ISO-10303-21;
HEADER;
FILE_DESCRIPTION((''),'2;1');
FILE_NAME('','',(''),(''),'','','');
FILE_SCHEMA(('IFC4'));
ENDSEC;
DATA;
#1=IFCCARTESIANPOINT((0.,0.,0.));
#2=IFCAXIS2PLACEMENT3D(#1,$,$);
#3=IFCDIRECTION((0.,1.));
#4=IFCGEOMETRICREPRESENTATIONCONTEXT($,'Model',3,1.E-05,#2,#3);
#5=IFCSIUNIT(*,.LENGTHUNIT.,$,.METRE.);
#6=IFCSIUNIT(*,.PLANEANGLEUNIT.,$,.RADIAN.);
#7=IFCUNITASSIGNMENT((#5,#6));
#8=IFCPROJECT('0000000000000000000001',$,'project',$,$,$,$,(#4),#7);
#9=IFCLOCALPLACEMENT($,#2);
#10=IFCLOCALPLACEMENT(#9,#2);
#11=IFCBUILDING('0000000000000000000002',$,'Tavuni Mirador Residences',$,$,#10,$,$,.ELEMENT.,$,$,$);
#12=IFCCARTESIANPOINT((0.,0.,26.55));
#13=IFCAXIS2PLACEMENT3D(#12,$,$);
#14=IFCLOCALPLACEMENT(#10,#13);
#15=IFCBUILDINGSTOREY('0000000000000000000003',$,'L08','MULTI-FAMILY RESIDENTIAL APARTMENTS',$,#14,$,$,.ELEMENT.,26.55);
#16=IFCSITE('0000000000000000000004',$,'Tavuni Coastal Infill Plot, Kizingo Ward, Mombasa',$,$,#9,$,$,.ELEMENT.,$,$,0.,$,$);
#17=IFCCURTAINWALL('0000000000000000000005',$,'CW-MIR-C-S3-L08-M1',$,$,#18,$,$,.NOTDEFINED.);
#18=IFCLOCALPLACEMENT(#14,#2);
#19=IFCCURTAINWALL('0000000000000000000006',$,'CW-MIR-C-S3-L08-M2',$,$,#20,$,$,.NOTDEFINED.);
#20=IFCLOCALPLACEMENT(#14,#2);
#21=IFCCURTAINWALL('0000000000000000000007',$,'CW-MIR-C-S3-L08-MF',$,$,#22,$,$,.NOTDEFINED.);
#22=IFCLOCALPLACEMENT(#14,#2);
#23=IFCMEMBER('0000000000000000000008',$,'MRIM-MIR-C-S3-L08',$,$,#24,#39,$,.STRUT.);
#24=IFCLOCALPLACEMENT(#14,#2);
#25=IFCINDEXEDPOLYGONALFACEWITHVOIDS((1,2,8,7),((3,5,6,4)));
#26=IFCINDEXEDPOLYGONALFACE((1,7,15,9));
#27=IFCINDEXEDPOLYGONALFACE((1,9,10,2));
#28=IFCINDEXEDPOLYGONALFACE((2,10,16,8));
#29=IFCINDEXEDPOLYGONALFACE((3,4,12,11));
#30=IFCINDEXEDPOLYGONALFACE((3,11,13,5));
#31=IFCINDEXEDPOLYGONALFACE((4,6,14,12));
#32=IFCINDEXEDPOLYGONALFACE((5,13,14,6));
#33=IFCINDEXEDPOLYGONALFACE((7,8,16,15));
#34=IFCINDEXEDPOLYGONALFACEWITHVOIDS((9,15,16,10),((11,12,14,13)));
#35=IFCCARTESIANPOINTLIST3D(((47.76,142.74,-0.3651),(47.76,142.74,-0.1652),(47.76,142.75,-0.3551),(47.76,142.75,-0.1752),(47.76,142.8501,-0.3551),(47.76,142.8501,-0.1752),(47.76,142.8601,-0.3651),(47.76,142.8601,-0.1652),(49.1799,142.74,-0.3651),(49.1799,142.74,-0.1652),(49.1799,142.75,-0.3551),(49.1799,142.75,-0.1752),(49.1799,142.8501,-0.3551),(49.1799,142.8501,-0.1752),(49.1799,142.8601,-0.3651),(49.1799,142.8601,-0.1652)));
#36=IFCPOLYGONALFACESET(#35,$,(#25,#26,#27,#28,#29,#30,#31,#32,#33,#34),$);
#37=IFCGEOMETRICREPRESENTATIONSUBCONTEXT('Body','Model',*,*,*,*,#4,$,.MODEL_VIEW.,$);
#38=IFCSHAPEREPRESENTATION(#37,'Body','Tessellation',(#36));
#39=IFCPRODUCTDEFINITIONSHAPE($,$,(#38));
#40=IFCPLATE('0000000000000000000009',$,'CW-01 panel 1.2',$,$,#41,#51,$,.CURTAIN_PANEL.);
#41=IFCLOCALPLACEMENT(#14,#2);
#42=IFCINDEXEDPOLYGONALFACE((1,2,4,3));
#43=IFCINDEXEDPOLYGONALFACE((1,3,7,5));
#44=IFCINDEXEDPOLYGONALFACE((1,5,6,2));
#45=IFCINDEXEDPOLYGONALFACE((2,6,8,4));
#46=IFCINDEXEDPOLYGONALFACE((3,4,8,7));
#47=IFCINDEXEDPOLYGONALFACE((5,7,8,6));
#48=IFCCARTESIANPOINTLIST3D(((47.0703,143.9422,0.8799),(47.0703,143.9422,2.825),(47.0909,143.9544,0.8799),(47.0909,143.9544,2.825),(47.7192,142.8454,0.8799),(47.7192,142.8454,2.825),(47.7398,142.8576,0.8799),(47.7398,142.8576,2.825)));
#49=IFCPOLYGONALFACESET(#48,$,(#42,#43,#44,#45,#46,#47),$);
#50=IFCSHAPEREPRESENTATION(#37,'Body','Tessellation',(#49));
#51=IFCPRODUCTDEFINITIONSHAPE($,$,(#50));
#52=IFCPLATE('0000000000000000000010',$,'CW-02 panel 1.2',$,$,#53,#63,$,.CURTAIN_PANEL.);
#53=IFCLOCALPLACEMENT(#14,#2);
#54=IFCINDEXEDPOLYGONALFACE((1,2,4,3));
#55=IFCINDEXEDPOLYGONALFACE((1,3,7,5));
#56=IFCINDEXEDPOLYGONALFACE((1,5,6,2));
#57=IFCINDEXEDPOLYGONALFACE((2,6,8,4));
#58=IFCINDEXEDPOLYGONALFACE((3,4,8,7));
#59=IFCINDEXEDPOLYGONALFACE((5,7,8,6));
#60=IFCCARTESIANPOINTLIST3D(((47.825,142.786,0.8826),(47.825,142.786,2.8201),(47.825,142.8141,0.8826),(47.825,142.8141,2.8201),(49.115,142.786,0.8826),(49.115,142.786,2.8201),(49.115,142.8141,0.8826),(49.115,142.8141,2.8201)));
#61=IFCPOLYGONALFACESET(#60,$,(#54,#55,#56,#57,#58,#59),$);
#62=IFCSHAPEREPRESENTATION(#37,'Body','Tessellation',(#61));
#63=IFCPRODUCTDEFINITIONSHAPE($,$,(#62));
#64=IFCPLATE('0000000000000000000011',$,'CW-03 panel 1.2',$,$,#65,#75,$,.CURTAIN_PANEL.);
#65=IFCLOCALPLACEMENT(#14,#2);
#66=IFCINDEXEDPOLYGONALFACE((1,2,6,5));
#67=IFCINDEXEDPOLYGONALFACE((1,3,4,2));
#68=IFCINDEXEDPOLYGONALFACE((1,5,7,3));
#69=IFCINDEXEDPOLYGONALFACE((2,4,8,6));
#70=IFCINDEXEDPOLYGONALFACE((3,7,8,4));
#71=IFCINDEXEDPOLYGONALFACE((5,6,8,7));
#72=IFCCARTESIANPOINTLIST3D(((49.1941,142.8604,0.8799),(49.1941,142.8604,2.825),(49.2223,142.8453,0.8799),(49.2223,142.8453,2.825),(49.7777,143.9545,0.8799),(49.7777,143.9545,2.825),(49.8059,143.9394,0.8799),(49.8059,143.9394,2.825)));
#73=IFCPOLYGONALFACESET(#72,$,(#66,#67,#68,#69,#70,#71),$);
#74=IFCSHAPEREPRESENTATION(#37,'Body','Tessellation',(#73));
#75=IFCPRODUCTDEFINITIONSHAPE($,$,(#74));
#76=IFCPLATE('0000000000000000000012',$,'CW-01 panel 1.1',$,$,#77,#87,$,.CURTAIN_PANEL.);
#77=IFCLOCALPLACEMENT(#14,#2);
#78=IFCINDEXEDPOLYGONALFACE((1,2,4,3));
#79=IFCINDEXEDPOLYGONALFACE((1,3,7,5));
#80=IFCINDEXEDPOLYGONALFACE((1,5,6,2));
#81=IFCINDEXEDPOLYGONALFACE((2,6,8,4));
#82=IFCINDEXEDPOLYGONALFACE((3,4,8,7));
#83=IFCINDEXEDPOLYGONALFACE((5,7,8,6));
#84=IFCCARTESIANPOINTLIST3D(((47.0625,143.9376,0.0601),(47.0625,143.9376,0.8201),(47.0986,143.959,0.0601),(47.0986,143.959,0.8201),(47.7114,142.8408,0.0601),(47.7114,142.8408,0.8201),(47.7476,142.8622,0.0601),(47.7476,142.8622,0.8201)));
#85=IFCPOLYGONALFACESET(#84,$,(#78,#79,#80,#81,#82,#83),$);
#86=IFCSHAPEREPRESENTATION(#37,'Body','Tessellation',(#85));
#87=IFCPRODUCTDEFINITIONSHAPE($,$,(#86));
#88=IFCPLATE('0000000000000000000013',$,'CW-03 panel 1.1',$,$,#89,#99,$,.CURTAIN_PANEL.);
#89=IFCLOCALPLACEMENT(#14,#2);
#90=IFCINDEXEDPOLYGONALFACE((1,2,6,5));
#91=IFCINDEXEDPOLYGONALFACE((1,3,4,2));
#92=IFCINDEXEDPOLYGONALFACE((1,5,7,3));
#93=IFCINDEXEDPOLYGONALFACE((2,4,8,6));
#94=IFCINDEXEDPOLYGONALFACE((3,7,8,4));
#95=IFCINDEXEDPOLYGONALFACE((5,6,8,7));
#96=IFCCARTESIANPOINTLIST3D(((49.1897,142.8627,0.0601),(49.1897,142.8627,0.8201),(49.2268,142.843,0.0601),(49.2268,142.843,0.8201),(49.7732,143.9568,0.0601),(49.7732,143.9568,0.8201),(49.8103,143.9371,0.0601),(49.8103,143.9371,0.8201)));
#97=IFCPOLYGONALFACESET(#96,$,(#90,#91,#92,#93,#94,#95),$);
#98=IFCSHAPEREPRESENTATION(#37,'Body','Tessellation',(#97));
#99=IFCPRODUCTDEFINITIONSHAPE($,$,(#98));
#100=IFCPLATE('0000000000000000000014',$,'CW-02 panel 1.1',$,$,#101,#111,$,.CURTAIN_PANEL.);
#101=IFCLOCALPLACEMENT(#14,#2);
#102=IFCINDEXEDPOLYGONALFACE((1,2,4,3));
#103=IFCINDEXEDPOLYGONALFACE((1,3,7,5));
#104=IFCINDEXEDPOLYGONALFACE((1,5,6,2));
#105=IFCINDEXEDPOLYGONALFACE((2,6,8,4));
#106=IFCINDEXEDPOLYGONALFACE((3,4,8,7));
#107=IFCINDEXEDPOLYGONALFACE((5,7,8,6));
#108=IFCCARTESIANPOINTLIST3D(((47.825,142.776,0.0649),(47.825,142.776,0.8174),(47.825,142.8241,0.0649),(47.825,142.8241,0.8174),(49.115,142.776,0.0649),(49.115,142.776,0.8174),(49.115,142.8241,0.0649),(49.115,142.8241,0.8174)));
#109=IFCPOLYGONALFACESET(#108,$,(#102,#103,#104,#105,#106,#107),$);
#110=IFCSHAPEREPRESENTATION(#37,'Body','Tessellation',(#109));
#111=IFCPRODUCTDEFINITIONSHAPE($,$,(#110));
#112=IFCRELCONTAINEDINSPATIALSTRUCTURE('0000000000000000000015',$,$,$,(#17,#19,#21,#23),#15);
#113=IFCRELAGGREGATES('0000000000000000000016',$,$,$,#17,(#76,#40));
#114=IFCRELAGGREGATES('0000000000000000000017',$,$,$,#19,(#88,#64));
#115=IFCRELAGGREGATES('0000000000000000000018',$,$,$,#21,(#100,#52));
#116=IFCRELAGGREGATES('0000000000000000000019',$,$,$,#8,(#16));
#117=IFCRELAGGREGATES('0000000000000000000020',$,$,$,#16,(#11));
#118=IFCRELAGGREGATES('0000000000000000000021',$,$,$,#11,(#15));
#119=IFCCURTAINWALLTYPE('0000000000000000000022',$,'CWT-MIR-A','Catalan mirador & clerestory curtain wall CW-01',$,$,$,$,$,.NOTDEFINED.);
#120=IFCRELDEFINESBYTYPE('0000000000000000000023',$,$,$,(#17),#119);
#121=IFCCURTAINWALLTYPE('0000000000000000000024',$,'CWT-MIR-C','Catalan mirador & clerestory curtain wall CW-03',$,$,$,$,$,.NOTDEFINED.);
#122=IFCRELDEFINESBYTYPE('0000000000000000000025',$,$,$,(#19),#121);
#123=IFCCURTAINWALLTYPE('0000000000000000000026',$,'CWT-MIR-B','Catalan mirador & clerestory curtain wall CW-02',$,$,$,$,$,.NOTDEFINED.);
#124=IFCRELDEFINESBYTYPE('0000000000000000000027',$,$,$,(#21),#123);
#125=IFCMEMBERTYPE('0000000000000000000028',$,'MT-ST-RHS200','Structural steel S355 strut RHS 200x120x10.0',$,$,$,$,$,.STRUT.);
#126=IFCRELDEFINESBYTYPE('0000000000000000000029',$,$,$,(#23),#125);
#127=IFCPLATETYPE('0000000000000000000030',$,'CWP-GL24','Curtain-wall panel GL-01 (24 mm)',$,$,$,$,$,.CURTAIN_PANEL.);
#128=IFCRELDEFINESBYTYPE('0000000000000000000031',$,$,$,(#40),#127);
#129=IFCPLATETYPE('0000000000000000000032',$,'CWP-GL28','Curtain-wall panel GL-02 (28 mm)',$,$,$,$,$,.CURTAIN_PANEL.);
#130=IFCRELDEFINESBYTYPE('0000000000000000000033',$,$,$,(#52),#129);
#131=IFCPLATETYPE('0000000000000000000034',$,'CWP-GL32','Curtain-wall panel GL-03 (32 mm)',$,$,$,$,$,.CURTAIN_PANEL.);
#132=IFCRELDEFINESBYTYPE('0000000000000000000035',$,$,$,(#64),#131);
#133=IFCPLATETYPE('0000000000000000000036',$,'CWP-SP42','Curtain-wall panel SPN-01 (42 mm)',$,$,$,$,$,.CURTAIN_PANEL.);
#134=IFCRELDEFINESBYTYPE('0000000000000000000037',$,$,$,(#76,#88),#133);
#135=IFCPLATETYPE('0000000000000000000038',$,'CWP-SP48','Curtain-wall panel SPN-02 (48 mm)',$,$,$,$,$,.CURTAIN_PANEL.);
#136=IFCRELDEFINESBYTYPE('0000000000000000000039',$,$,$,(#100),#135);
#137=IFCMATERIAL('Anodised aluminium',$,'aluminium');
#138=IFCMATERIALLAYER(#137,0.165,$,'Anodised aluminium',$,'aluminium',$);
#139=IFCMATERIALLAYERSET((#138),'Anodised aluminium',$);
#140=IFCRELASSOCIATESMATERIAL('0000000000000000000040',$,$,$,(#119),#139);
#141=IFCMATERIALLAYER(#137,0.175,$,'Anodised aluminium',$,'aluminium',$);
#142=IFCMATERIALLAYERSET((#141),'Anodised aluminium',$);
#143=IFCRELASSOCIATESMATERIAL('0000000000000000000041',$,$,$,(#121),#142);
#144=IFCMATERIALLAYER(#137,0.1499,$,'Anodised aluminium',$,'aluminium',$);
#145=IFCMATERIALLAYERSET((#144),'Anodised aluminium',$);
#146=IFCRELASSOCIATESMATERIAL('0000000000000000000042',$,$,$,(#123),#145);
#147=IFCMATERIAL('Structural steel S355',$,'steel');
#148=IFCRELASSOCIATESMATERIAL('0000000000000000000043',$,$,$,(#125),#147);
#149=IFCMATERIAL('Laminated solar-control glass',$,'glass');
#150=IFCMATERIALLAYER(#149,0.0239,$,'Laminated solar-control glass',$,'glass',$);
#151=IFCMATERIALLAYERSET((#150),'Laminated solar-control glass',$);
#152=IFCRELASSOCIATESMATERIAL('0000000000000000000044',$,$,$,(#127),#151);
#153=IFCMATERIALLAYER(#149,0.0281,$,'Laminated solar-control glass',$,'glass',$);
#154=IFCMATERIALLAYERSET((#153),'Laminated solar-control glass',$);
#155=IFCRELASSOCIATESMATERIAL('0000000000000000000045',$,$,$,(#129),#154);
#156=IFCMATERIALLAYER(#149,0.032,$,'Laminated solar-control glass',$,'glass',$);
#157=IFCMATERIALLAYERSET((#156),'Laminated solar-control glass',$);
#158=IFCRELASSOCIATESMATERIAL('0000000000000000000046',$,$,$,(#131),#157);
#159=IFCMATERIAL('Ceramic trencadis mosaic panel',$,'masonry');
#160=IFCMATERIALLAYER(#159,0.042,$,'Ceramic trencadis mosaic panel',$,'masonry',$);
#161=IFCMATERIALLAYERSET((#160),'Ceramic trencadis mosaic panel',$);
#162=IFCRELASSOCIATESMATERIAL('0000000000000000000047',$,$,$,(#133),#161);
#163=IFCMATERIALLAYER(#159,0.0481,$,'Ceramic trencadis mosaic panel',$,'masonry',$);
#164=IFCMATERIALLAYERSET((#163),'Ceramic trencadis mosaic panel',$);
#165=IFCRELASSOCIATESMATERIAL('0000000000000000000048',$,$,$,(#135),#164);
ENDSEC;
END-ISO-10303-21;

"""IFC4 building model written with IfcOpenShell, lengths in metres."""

from ifc_helpers import new_model, si_unit, direction, frame, origin, origin_2d, place, context, subcontext, project, spatial, rectangle, hollow_rectangle, extrude, material, layer, layer_set, material_profile, profile_set, type_object, element, aggregate, save


model = new_model("IFC4")

# Units and contexts
model_context = context("Model", 3, precision=1e-05, world=origin(), true_north=direction((0.0, 1.0)))
body_context = subcontext(model_context, "Body", "Model", "MODEL_VIEW")
ifc_project = project(units=[si_unit("LENGTHUNIT", "METRE"), si_unit("PLANEANGLEUNIT", "RADIAN")], contexts=[model_context])

# Site, building, storey
site_placement = place(None, origin())
site = spatial("IfcSite", under=ifc_project, at=site_placement, Name="Tavuni Coastal Infill Plot, Kizingo Ward, Mombasa", CompositionType="ELEMENT", RefElevation=0.0)
building_placement = place(site_placement, origin())
building = spatial("IfcBuilding", under=site, at=building_placement, Name="Tavuni Mirador Residences", CompositionType="ELEMENT")
storey_placement = place(building_placement, frame((0.0, 0.0, 26.55)))
storey = spatial("IfcBuildingStorey", under=building, at=storey_placement, Name="L08", Description="MULTI-FAMILY RESIDENTIAL APARTMENTS", CompositionType="ELEMENT", Elevation=26.55)

# Curtain walls
ifc_material_1 = material(Name="Anodised aluminium", Category="aluminium")
ifc_layer_1 = layer(ifc_material_1, 0.165, Name="Anodised aluminium", Category="aluminium")
ifc_layer_set_1 = layer_set([ifc_layer_1], Name="Anodised aluminium")
curtain_wall_type_1 = type_object("IfcCurtainWallType", Name="CWT-MIR-A", Description="Catalan mirador & clerestory curtain wall CW-01", PredefinedType="NOTDEFINED", material=ifc_layer_set_1)
curtain_wall_1_placement = place(storey_placement, origin())
curtain_wall_1 = element("IfcCurtainWall", 1, at=curtain_wall_1_placement, inside=storey, type_object=curtain_wall_type_1, Name="CW-MIR-C-S3-L08-M1", PredefinedType="NOTDEFINED")
ifc_layer_2 = layer(ifc_material_1, 0.175, Name="Anodised aluminium", Category="aluminium")
ifc_layer_set_2 = layer_set([ifc_layer_2], Name="Anodised aluminium")
curtain_wall_type_2 = type_object("IfcCurtainWallType", Name="CWT-MIR-C", Description="Catalan mirador & clerestory curtain wall CW-03", PredefinedType="NOTDEFINED", material=ifc_layer_set_2)
curtain_wall_2_placement = place(storey_placement, origin())
curtain_wall_2 = element("IfcCurtainWall", 2, at=curtain_wall_2_placement, inside=storey, type_object=curtain_wall_type_2, Name="CW-MIR-C-S3-L08-M2", PredefinedType="NOTDEFINED")

# Curtain wall
ifc_layer_3 = layer(ifc_material_1, 0.1499, Name="Anodised aluminium", Category="aluminium")
ifc_layer_set_3 = layer_set([ifc_layer_3], Name="Anodised aluminium")
curtain_wall_type_3 = type_object("IfcCurtainWallType", Name="CWT-MIR-B", Description="Catalan mirador & clerestory curtain wall CW-02", PredefinedType="NOTDEFINED", material=ifc_layer_set_3)
curtain_wall_3_placement = place(storey_placement, origin())
curtain_wall_3 = element("IfcCurtainWall", 3, at=curtain_wall_3_placement, inside=storey, type_object=curtain_wall_type_3, Name="CW-MIR-C-S3-L08-MF", PredefinedType="NOTDEFINED")

# Member
ifc_material_2 = material(Name="Structural steel S355", Category="steel")
ifc_material_profile_1 = material_profile(ifc_material_2, hollow_rectangle(XDim=0.1201, YDim=0.2, WallThickness=0.01, at=origin_2d()), Name="RHS 200x120x10.0", Category="steel")
ifc_profile_set_1 = profile_set([ifc_material_profile_1], Name="Structural steel S355")
member_type_1 = type_object("IfcMemberType", Name="MT-ST-RHS200", Description="Structural steel S355 strut RHS 200x120x10.0", PredefinedType="STRUT", material=ifc_profile_set_1)
member_1_placement = place(storey_placement, frame((47.76, 142.8, -0.2651), z_axis=(1.0, 0.0, 0.0), x_axis=(0.0, 1.0, 0.0)))
element("IfcMember", 4, at=member_1_placement, inside=storey, type_object=member_type_1, Name="MRIM-MIR-C-S3-L08", PredefinedType="STRUT", context=body_context, shape_type="SweptSolid", body=[
    extrude(hollow_rectangle(XDim=0.1201, YDim=0.2, WallThickness=0.01, at=origin_2d()), origin(), (0.0, 0.0, 1.0), 1.4199),
])

# Plates
ifc_material_3 = material(Name="Laminated solar-control glass", Category="glass")
ifc_layer_4 = layer(ifc_material_3, 0.0239, Name="Laminated solar-control glass", Category="glass")
ifc_layer_set_4 = layer_set([ifc_layer_4], Name="Laminated solar-control glass")
plate_type_1 = type_object("IfcPlateType", Name="CWP-GL24", Description="Curtain-wall panel GL-01 (24 mm)", PredefinedType="CURTAIN_PANEL", material=ifc_layer_set_4)
plate_1_placement = place(storey_placement, frame((47.405, 143.3999, 0.8799), z_axis=(0.0, 0.0, 1.0), x_axis=(0.509212, -0.860641, 0.0)))
plate_1 = element("IfcPlate", 5, at=plate_1_placement, type_object=plate_type_1, Name="CW-01 panel 1.2", PredefinedType="CURTAIN_PANEL", context=body_context, shape_type="SweptSolid", body=[
    extrude(rectangle(XDim=1.2744, YDim=0.0239, at=origin_2d()), origin(), (0.0, 0.0, 1.0), 1.9451),
])
ifc_layer_5 = layer(ifc_material_3, 0.0281, Name="Laminated solar-control glass", Category="glass")
ifc_layer_set_5 = layer_set([ifc_layer_5], Name="Laminated solar-control glass")
plate_type_2 = type_object("IfcPlateType", Name="CWP-GL28", Description="Curtain-wall panel GL-02 (28 mm)", PredefinedType="CURTAIN_PANEL", material=ifc_layer_set_5)
plate_2_placement = place(storey_placement, frame((48.47, 142.8, 0.8826), z_axis=(0.0, 0.0, 1.0), x_axis=(1.0, 0.0, 0.0)))
plate_2 = element("IfcPlate", 6, at=plate_2_placement, type_object=plate_type_2, Name="CW-02 panel 1.2", PredefinedType="CURTAIN_PANEL", context=body_context, shape_type="SweptSolid", body=[
    extrude(rectangle(XDim=1.29, YDim=0.0281, at=origin_2d()), origin(), (0.0, 0.0, 1.0), 1.9375),
])
ifc_layer_6 = layer(ifc_material_3, 0.032, Name="Laminated solar-control glass", Category="glass")
ifc_layer_set_6 = layer_set([ifc_layer_6], Name="Laminated solar-control glass")
plate_type_3 = type_object("IfcPlateType", Name="CWP-GL32", Description="Curtain-wall panel GL-03 (32 mm)", PredefinedType="CURTAIN_PANEL", material=ifc_layer_set_6)
plate_3_placement = place(storey_placement, frame((49.5, 143.3999, 0.8799), z_axis=(0.0, 0.0, 1.0), x_axis=(0.470588, 0.882353, 0.0)))
plate_3 = element("IfcPlate", 7, at=plate_3_placement, type_object=plate_type_3, Name="CW-03 panel 1.2", PredefinedType="CURTAIN_PANEL", context=body_context, shape_type="SweptSolid", body=[
    extrude(rectangle(XDim=1.24, YDim=0.032, at=origin_2d()), origin(), (0.0, 0.0, 1.0), 1.9451),
])
ifc_material_4 = material(Name="Ceramic trencadis mosaic panel", Category="masonry")
ifc_layer_7 = layer(ifc_material_4, 0.042, Name="Ceramic trencadis mosaic panel", Category="masonry")
ifc_layer_set_7 = layer_set([ifc_layer_7], Name="Ceramic trencadis mosaic panel")
plate_type_4 = type_object("IfcPlateType", Name="CWP-SP42", Description="Curtain-wall panel SPN-01 (42 mm)", PredefinedType="CURTAIN_PANEL", material=ifc_layer_set_7)
plate_4_placement = place(storey_placement, frame((47.405, 143.3999, 0.0601), z_axis=(0.0, 0.0, 1.0), x_axis=(0.509212, -0.860641, 0.0)))
plate_4 = element("IfcPlate", 8, at=plate_4_placement, type_object=plate_type_4, Name="CW-01 panel 1.1", PredefinedType="CURTAIN_PANEL", context=body_context, shape_type="SweptSolid", body=[
    extrude(rectangle(XDim=1.2744, YDim=0.042, at=origin_2d()), origin(), (0.0, 0.0, 1.0), 0.76),
])
aggregate(curtain_wall_1, [plate_4, plate_1])
plate_5_placement = place(storey_placement, frame((49.5, 143.3999, 0.0601), z_axis=(0.0, 0.0, 1.0), x_axis=(0.470588, 0.882353, 0.0)))
plate_5 = element("IfcPlate", 9, at=plate_5_placement, type_object=plate_type_4, Name="CW-03 panel 1.1", PredefinedType="CURTAIN_PANEL", context=body_context, shape_type="SweptSolid", body=[
    extrude(rectangle(XDim=1.24, YDim=0.042, at=origin_2d()), origin(), (0.0, 0.0, 1.0), 0.76),
])
aggregate(curtain_wall_2, [plate_5, plate_3])
ifc_layer_8 = layer(ifc_material_4, 0.0481, Name="Ceramic trencadis mosaic panel", Category="masonry")
ifc_layer_set_8 = layer_set([ifc_layer_8], Name="Ceramic trencadis mosaic panel")
plate_type_5 = type_object("IfcPlateType", Name="CWP-SP48", Description="Curtain-wall panel SPN-02 (48 mm)", PredefinedType="CURTAIN_PANEL", material=ifc_layer_set_8)
plate_6_placement = place(storey_placement, frame((48.47, 142.8, 0.0649), z_axis=(0.0, 0.0, 1.0), x_axis=(1.0, 0.0, 0.0)))
plate_6 = element("IfcPlate", 10, at=plate_6_placement, type_object=plate_type_5, Name="CW-02 panel 1.1", PredefinedType="CURTAIN_PANEL", context=body_context, shape_type="SweptSolid", body=[
    extrude(rectangle(XDim=1.29, YDim=0.0481, at=origin_2d()), origin(), (0.0, 0.0, 1.0), 0.7524),
])
aggregate(curtain_wall_3, [plate_6, plate_2])

save(model, "model.ifc")
